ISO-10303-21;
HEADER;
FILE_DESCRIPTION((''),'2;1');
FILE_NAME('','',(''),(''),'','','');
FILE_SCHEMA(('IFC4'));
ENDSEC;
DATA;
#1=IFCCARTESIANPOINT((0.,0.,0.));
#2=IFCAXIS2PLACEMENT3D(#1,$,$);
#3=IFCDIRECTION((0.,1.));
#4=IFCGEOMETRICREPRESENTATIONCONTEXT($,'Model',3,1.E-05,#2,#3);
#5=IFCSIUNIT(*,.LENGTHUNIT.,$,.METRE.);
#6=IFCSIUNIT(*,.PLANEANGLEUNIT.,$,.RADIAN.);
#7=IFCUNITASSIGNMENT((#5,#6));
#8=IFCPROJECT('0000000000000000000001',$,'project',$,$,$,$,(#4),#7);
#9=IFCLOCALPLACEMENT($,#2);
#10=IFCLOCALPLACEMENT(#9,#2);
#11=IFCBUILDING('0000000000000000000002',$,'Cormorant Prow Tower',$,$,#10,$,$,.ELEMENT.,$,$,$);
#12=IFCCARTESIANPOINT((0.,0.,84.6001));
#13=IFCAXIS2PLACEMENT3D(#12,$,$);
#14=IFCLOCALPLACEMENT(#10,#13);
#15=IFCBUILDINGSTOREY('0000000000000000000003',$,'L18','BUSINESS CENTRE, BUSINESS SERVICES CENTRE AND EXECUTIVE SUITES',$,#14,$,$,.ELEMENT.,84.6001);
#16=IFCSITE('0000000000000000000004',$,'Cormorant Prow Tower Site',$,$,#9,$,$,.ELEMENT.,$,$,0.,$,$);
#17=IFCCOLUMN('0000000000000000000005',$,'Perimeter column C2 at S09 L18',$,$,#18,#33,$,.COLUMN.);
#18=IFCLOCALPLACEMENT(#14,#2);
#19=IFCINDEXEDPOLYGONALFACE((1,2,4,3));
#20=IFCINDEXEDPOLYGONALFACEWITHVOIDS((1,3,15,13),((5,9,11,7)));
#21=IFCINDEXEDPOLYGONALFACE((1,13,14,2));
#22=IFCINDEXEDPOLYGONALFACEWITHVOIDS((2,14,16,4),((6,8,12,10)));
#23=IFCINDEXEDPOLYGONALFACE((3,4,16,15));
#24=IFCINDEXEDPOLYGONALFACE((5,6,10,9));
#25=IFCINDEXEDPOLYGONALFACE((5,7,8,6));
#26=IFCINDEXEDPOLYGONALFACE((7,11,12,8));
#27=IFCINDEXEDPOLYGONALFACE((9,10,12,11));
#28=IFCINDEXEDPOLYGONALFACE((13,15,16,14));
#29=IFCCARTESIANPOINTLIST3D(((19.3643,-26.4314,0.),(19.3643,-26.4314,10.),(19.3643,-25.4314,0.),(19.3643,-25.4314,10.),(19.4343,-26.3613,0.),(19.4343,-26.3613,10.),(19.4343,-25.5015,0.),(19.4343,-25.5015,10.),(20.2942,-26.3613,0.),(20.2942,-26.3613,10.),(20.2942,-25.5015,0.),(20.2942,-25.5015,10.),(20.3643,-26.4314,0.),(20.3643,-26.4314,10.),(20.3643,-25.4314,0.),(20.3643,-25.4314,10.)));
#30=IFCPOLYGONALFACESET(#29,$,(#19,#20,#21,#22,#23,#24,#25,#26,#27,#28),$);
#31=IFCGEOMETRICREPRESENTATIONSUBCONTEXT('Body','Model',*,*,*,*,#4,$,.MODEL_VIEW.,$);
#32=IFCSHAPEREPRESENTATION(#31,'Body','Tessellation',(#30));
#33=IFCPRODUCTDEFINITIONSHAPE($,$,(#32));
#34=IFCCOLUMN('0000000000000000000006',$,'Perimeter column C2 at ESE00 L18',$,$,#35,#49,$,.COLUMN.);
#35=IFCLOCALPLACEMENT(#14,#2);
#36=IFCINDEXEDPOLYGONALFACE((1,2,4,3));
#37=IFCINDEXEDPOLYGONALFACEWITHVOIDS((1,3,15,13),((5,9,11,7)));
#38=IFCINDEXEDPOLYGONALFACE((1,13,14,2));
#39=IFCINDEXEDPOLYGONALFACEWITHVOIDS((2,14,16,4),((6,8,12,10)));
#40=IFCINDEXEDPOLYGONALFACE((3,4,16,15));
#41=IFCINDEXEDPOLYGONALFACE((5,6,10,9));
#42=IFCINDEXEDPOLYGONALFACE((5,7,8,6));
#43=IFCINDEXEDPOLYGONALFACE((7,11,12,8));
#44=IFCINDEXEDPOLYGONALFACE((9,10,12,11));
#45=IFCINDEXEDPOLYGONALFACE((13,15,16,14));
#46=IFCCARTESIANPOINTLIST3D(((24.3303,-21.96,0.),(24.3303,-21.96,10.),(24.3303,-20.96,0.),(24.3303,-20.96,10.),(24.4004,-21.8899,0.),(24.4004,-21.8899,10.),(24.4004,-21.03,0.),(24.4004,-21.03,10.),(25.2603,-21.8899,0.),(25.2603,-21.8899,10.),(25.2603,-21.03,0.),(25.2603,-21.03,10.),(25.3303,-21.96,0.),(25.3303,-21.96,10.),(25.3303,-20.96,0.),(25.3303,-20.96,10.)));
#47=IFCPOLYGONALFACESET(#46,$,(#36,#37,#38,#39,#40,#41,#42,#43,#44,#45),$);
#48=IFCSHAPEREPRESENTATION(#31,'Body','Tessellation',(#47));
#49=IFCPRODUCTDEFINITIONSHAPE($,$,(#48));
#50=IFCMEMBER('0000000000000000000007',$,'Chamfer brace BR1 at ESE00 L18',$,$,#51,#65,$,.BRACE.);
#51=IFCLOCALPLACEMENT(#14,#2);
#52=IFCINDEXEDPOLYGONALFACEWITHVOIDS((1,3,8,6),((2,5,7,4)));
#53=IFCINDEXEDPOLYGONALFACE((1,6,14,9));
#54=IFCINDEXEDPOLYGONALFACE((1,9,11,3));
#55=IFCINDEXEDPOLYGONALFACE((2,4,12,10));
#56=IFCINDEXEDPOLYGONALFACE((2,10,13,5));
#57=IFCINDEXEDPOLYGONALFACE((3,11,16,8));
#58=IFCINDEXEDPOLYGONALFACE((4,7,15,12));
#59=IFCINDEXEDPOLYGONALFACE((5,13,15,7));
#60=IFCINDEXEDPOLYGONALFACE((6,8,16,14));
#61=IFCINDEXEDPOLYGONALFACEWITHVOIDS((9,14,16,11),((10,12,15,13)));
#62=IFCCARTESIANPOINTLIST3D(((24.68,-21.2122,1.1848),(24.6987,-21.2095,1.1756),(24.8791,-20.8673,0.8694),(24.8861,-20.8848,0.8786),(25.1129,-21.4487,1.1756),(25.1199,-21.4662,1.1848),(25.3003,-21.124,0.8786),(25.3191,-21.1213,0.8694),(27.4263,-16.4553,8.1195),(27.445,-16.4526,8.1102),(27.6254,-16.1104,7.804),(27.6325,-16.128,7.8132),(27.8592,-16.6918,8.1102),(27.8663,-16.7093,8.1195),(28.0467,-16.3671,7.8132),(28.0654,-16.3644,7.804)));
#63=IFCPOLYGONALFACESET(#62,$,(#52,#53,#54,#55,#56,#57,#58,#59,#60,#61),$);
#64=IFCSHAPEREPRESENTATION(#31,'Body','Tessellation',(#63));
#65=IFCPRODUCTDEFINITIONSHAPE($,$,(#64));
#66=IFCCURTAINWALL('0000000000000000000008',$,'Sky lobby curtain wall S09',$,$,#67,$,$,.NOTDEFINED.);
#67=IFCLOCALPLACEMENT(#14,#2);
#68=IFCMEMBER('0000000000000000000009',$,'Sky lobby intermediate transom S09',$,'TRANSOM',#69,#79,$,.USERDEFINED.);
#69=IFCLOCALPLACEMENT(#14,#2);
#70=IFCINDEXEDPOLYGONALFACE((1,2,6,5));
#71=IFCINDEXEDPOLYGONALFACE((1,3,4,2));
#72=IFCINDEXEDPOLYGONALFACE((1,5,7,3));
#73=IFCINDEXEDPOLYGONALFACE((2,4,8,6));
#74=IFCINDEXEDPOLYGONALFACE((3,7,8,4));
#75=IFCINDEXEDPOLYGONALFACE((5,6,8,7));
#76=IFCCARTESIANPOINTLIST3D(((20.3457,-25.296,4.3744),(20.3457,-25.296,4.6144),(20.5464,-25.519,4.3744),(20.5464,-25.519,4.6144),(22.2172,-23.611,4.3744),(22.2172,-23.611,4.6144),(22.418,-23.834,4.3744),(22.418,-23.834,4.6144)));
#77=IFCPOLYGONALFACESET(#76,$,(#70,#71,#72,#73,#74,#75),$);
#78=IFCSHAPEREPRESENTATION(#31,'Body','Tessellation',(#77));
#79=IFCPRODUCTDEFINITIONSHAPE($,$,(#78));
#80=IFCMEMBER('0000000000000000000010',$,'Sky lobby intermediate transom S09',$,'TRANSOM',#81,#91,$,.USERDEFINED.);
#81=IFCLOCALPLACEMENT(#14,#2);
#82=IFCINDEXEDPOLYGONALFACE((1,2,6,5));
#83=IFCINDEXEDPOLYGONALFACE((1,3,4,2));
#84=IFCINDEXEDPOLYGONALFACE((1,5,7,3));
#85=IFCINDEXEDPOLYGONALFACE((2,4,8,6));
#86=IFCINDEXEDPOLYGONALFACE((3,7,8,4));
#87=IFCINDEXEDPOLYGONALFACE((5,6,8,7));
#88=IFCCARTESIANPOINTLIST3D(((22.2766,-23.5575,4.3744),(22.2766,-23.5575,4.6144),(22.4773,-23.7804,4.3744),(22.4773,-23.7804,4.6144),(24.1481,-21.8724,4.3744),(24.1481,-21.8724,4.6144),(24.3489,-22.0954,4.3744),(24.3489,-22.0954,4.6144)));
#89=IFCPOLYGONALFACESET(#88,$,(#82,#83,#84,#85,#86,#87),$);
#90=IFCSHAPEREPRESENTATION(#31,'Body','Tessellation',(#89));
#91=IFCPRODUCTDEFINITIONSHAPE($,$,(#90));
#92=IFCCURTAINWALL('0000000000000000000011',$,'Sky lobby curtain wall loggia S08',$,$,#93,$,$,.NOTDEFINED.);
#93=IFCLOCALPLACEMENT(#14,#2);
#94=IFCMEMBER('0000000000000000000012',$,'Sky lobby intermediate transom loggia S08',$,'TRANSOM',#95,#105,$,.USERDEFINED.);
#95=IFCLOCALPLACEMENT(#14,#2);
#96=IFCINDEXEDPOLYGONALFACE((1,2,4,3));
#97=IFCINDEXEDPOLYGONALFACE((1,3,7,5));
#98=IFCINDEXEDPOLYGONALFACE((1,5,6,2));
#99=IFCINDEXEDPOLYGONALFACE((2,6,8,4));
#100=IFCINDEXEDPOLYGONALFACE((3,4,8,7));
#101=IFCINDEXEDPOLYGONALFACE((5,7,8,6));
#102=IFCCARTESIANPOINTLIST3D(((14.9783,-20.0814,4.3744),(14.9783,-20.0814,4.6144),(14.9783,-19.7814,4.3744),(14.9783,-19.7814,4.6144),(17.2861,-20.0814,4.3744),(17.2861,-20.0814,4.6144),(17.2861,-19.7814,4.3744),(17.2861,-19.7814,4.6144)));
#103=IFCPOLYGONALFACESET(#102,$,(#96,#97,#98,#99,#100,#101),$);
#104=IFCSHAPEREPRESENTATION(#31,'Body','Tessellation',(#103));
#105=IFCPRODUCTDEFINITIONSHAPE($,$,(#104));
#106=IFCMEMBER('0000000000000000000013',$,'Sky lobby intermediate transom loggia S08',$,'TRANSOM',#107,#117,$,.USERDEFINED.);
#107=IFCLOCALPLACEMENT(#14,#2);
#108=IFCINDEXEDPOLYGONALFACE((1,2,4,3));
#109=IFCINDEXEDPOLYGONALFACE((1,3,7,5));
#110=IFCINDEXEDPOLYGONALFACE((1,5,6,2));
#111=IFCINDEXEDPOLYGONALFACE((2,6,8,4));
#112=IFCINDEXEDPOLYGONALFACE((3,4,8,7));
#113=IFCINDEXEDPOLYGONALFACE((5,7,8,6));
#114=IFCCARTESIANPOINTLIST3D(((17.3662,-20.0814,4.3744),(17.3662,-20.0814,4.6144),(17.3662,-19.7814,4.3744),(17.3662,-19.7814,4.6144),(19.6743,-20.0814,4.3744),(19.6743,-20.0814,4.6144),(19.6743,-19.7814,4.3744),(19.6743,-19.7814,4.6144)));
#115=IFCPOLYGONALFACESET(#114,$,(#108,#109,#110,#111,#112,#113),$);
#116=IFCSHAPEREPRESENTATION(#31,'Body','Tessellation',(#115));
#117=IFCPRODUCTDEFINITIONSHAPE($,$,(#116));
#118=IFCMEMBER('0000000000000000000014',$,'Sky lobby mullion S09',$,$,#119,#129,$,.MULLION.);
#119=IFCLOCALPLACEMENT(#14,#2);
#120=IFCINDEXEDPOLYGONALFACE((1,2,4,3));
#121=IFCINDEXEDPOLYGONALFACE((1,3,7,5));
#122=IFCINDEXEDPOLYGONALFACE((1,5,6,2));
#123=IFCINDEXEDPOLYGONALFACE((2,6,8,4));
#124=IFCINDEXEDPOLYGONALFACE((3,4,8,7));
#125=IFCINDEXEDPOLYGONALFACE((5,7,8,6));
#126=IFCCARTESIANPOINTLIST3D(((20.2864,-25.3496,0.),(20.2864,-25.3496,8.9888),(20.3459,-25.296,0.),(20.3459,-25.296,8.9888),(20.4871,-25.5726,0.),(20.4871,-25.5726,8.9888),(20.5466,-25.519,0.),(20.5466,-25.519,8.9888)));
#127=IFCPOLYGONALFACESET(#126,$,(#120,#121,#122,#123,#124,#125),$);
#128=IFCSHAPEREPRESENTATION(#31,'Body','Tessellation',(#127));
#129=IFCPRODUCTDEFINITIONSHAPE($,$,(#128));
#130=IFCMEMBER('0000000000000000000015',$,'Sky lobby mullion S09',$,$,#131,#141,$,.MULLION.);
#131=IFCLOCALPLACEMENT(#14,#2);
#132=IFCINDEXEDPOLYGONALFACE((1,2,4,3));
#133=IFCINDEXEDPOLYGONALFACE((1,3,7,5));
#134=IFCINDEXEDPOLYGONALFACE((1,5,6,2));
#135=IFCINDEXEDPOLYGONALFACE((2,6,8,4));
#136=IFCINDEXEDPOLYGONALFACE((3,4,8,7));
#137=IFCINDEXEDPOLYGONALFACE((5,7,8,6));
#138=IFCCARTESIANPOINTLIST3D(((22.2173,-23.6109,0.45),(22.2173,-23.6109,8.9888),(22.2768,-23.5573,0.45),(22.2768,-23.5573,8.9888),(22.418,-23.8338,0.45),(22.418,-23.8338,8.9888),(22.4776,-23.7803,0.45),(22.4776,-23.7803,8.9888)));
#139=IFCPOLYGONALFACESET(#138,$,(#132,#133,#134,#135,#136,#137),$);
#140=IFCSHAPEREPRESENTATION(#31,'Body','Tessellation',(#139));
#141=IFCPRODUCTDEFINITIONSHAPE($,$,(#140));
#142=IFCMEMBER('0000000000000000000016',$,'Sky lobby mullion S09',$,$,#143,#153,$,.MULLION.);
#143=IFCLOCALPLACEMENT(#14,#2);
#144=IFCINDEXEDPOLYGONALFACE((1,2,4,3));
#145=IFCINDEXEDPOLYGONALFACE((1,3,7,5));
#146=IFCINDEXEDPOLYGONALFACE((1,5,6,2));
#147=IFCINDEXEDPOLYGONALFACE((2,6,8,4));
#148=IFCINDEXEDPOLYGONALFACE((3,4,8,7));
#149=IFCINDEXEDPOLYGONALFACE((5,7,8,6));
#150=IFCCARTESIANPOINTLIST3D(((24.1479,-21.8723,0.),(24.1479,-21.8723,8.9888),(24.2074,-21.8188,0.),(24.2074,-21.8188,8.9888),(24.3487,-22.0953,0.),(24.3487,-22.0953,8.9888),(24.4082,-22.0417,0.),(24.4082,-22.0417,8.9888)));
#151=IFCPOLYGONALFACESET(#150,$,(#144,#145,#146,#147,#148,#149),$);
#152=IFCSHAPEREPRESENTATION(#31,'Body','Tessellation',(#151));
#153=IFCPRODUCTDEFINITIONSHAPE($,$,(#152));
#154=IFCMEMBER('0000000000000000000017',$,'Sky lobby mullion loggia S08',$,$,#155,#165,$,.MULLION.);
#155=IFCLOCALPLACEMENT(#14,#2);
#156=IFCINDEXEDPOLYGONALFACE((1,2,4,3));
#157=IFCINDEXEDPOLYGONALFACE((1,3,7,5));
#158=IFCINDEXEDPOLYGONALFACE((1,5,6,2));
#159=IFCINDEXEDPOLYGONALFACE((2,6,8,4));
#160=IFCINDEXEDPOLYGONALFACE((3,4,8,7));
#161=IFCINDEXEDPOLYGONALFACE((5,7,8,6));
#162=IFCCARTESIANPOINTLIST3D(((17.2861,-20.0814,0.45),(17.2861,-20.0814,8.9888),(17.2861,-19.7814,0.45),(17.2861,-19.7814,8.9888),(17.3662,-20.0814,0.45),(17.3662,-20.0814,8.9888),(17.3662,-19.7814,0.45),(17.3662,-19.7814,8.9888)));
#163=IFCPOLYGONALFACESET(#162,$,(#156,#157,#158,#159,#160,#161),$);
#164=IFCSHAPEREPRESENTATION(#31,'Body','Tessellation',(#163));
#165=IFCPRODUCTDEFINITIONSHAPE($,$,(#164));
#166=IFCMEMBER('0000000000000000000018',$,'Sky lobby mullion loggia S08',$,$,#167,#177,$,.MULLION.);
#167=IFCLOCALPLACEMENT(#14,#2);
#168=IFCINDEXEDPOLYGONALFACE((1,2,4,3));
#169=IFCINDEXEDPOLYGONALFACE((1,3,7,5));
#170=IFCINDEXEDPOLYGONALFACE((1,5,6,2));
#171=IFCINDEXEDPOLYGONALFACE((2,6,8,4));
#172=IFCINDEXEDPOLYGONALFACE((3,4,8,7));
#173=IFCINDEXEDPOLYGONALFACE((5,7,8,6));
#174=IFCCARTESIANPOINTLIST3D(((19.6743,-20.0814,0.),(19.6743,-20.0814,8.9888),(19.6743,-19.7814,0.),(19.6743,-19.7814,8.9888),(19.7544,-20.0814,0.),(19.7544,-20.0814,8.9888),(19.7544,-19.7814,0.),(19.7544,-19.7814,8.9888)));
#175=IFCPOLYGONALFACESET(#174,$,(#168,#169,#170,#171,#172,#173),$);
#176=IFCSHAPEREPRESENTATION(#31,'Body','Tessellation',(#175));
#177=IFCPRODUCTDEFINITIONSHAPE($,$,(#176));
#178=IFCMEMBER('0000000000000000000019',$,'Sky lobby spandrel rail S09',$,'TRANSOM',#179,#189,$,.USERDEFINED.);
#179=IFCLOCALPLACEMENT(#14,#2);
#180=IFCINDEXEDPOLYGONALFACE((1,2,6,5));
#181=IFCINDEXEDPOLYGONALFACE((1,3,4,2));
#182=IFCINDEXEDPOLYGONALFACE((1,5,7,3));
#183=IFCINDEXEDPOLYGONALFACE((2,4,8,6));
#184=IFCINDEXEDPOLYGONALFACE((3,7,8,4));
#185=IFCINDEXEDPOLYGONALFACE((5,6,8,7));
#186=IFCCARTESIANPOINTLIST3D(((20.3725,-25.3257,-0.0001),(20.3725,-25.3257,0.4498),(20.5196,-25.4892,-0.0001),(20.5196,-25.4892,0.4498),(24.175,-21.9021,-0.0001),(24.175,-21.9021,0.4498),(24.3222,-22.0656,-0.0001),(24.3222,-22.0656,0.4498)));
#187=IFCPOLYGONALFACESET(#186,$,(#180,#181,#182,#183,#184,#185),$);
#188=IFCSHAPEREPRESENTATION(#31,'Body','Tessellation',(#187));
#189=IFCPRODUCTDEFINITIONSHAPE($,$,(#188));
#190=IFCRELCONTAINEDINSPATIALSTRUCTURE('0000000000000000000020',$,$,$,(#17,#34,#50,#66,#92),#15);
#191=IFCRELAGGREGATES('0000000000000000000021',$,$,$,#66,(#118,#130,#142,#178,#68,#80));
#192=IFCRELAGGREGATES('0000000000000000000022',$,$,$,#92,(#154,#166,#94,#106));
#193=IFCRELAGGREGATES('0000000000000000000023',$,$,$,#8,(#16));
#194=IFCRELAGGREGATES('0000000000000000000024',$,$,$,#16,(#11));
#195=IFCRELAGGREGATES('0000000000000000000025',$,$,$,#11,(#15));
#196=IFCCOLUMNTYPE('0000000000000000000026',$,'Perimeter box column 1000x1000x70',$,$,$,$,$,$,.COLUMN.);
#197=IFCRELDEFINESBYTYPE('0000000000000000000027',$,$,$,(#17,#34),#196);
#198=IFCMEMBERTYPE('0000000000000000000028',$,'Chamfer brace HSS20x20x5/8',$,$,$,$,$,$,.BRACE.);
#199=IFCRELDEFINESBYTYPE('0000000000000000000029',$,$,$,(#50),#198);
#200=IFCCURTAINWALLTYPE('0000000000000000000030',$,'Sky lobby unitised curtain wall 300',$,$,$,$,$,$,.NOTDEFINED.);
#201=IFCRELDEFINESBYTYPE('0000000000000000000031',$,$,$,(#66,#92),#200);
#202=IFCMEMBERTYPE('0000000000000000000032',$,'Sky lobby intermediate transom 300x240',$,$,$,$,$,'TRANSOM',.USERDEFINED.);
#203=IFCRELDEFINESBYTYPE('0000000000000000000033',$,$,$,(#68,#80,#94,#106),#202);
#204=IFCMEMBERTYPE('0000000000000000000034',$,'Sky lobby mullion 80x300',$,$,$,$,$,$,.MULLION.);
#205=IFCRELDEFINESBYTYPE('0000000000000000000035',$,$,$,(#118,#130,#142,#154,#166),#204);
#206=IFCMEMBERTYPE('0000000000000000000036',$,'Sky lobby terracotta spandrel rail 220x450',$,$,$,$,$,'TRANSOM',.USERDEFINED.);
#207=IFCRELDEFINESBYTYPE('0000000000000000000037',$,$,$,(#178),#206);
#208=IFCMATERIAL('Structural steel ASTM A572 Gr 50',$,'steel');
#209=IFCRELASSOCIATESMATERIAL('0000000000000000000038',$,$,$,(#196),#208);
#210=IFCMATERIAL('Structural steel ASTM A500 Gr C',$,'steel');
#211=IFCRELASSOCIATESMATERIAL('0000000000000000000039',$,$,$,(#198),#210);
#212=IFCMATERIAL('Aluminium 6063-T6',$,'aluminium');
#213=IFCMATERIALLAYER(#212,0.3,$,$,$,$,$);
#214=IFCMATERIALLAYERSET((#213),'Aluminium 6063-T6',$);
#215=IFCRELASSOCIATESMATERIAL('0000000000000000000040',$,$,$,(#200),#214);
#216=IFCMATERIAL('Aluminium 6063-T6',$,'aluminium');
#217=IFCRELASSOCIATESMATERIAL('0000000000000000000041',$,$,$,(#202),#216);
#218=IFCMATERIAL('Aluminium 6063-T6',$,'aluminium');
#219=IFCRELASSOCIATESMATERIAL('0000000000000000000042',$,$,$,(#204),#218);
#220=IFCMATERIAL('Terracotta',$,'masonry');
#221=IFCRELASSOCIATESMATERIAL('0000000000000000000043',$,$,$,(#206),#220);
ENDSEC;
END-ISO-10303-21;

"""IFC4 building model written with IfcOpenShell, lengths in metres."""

from ifc_helpers import new_model, si_unit, direction, frame, origin, origin_2d, place, context, subcontext, project, spatial, rectangle, hollow_rectangle, extrude, material, layer, layer_set, material_profile, profile_set, type_object, element, aggregate, save


model = new_model("IFC4")

# Units and contexts
model_context = context("Model", 3, precision=1e-05, world=origin(), true_north=direction((0.0, 1.0)))
body_context = subcontext(model_context, "Body", "Model", "MODEL_VIEW")
ifc_project = project(units=[si_unit("LENGTHUNIT", "METRE"), si_unit("PLANEANGLEUNIT", "RADIAN")], contexts=[model_context])

# Site, building, storey
site_placement = place(None, origin())
site = spatial("IfcSite", under=ifc_project, at=site_placement, Name="Cormorant Prow Tower Site", CompositionType="ELEMENT", RefElevation=0.0)
building_placement = place(site_placement, origin())
building = spatial("IfcBuilding", under=site, at=building_placement, Name="Cormorant Prow Tower", CompositionType="ELEMENT")
storey_placement = place(building_placement, frame((0.0, 0.0, 84.6001)))
storey = spatial("IfcBuildingStorey", under=building, at=storey_placement, Name="L18", Description="BUSINESS CENTRE, BUSINESS SERVICES CENTRE AND EXECUTIVE SUITES", CompositionType="ELEMENT", Elevation=84.6001)

# Columns
ifc_material_1 = material(Name="Structural steel ASTM A572 Gr 50", Category="steel")
ifc_material_profile_1 = material_profile(ifc_material_1, hollow_rectangle(XDim=1.0, YDim=1.0, WallThickness=0.0701, at=origin_2d()), Name="Box 1000x1000x70")
ifc_profile_set_1 = profile_set([ifc_material_profile_1], Name="Structural steel ASTM A572 Gr 50")
column_type = type_object("IfcColumnType", Name="Perimeter box column 1000x1000x70", PredefinedType="COLUMN", material=ifc_profile_set_1)
for number, where, z_axis, x_axis, name in (
    (1, (19.8643, -25.9314, 0.0), (0.0, 0.0, 1.0), (1.0, 0.0, 0.0), "Perimeter column C2 at S09 L18"),
    (2, (24.8303, -21.46, 0.0), (0.0, 0.0, 1.0), (1.0, 0.0, 0.0), "Perimeter column C2 at ESE00 L18"),
):
    element("IfcColumn", number, at=place(storey_placement, frame(where, z_axis=z_axis, x_axis=x_axis)), inside=storey, type_object=column_type, Name=name, PredefinedType="COLUMN", context=body_context, shape_type="SweptSolid", body=[
        extrude(hollow_rectangle(XDim=1.0, YDim=1.0, WallThickness=0.0701, at=origin_2d()), origin(), (0.0, 0.0, 1.0), 10.0),
    ])

# Member
ifc_material_2 = material(Name="Structural steel ASTM A500 Gr C", Category="steel")
ifc_material_profile_2 = material_profile(ifc_material_2, hollow_rectangle(XDim=0.5081, YDim=0.5081, WallThickness=0.0149, at=origin_2d()), Name="HSS20x20x5/8")
ifc_profile_set_2 = profile_set([ifc_material_profile_2], Name="Structural steel ASTM A500 Gr C")
member_type_1 = type_object("IfcMemberType", Name="Chamfer brace HSS20x20x5/8", PredefinedType="BRACE", material=ifc_profile_set_2)
member_1_placement = place(storey_placement, frame((24.9995, -21.1667, 1.0271), z_axis=(0.310448, 0.537717, 0.783889), x_axis=(-0.866027, 0.499997, 0.0)))
element("IfcMember", 3, at=member_1_placement, inside=storey, type_object=member_type_1, Name="Chamfer brace BR1 at ESE00 L18", PredefinedType="BRACE", context=body_context, shape_type="SweptSolid", body=[
    extrude(hollow_rectangle(XDim=0.5081, YDim=0.5081, WallThickness=0.0149, at=origin_2d()), origin(), (0.0, 0.0, 1.0), 8.8464),
])

# Curtain walls, members
ifc_material_3 = material(Name="Aluminium 6063-T6", Category="aluminium")
ifc_layer_1 = layer(ifc_material_3, 0.3)
ifc_layer_set_1 = layer_set([ifc_layer_1], Name="Aluminium 6063-T6")
curtain_wall_type = type_object("IfcCurtainWallType", Name="Sky lobby unitised curtain wall 300", PredefinedType="NOTDEFINED", material=ifc_layer_set_1)
curtain_wall_1_placement = place(storey_placement, origin())
curtain_wall_1 = element("IfcCurtainWall", 4, at=curtain_wall_1_placement, inside=storey, type_object=curtain_wall_type, Name="Sky lobby curtain wall S09", PredefinedType="NOTDEFINED")
ifc_material_4 = material(Name="Aluminium 6063-T6", Category="aluminium")
ifc_material_profile_3 = material_profile(ifc_material_4, rectangle(XDim=0.3, YDim=0.24, at=origin_2d()), Name="Sky lobby intermediate transom 300x240")
ifc_profile_set_3 = profile_set([ifc_material_profile_3], Name="Aluminium 6063-T6")
member_type_2 = type_object("IfcMemberType", Name="Sky lobby intermediate transom 300x240", ElementType="TRANSOM", PredefinedType="USERDEFINED", material=ifc_profile_set_3)
member_2_placement = place(storey_placement, frame((20.446, -25.4075, 4.4944), z_axis=(0.743169, 0.669104, 0.0), x_axis=(-0.669104, 0.743169, 0.0)))
member_2 = element("IfcMember", 5, at=member_2_placement, type_object=member_type_2, Name="Sky lobby intermediate transom S09", ObjectType="TRANSOM", PredefinedType="USERDEFINED", context=body_context, shape_type="SweptSolid", body=[
    extrude(rectangle(XDim=0.3, YDim=0.24, at=origin_2d()), origin(), (0.0, 0.0, 1.0), 2.5183),
])
member_3_placement = place(storey_placement, frame((22.377, -23.6689, 4.4944), z_axis=(0.743169, 0.669104, 0.0), x_axis=(-0.669104, 0.743169, 0.0)))
member_3 = element("IfcMember", 6, at=member_3_placement, type_object=member_type_2, Name="Sky lobby intermediate transom S09", ObjectType="TRANSOM", PredefinedType="USERDEFINED", context=body_context, shape_type="SweptSolid", body=[
    extrude(rectangle(XDim=0.3, YDim=0.24, at=origin_2d()), origin(), (0.0, 0.0, 1.0), 2.5183),
])
curtain_wall_2_placement = place(storey_placement, origin())
curtain_wall_2 = element("IfcCurtainWall", 7, at=curtain_wall_2_placement, inside=storey, type_object=curtain_wall_type, Name="Sky lobby curtain wall loggia S08", PredefinedType="NOTDEFINED")
member_4_placement = place(storey_placement, frame((14.9783, -19.9314, 4.4944), z_axis=(1.0, 0.0, 0.0), x_axis=(0.0, 1.0, 0.0)))
member_4 = element("IfcMember", 8, at=member_4_placement, type_object=member_type_2, Name="Sky lobby intermediate transom loggia S08", ObjectType="TRANSOM", PredefinedType="USERDEFINED", context=body_context, shape_type="SweptSolid", body=[
    extrude(rectangle(XDim=0.3, YDim=0.24, at=origin_2d()), origin(), (0.0, 0.0, 1.0), 2.3079),
])
member_5_placement = place(storey_placement, frame((17.3662, -19.9314, 4.4944), z_axis=(1.0, 0.0, 0.0), x_axis=(0.0, 1.0, 0.0)))
member_5 = element("IfcMember", 9, at=member_5_placement, type_object=member_type_2, Name="Sky lobby intermediate transom loggia S08", ObjectType="TRANSOM", PredefinedType="USERDEFINED", context=body_context, shape_type="SweptSolid", body=[
    extrude(rectangle(XDim=0.3, YDim=0.24, at=origin_2d()), origin(), (0.0, 0.0, 1.0), 2.3081),
])

# Members
ifc_material_5 = material(Name="Aluminium 6063-T6", Category="aluminium")
ifc_material_profile_4 = material_profile(ifc_material_5, rectangle(XDim=0.3, YDim=0.0801, at=origin_2d()), Name="Sky lobby mullion 80x300")
ifc_profile_set_4 = profile_set([ifc_material_profile_4], Name="Aluminium 6063-T6")
member_type_3 = type_object("IfcMemberType", Name="Sky lobby mullion 80x300", PredefinedType="MULLION", material=ifc_profile_set_4)
member_6_placement = place(storey_placement, frame((20.4165, -25.4343, 0.0), z_axis=(0.0, 0.0, 1.0), x_axis=(-0.669131, 0.743145, 0.0)))
member_6 = element("IfcMember", 10, at=member_6_placement, type_object=member_type_3, Name="Sky lobby mullion S09", PredefinedType="MULLION", context=body_context, shape_type="SweptSolid", body=[
    extrude(rectangle(XDim=0.3, YDim=0.0801, at=origin_2d()), origin(), (0.0, 0.0, 1.0), 8.9888),
])
member_7_placement = place(storey_placement, frame((22.3474, -23.6956, 0.45), z_axis=(0.0, 0.0, 1.0), x_axis=(-0.669131, 0.743145, 0.0)))
member_7 = element("IfcMember", 11, at=member_7_placement, type_object=member_type_3, Name="Sky lobby mullion S09", PredefinedType="MULLION", context=body_context, shape_type="SweptSolid", body=[
    extrude(rectangle(XDim=0.3, YDim=0.0801, at=origin_2d()), origin(), (0.0, 0.0, 1.0), 8.5388),
])
member_8_placement = place(storey_placement, frame((24.2781, -21.957, 0.0), z_axis=(0.0, 0.0, 1.0), x_axis=(-0.669131, 0.743145, 0.0)))
member_8 = element("IfcMember", 12, at=member_8_placement, type_object=member_type_3, Name="Sky lobby mullion S09", PredefinedType="MULLION", context=body_context, shape_type="SweptSolid", body=[
    extrude(rectangle(XDim=0.3, YDim=0.0801, at=origin_2d()), origin(), (0.0, 0.0, 1.0), 8.9888),
])
member_9_placement = place(storey_placement, frame((17.3262, -19.9314, 0.45), z_axis=(0.0, 0.0, 1.0), x_axis=(0.0, 1.0, 0.0)))
member_9 = element("IfcMember", 13, at=member_9_placement, type_object=member_type_3, Name="Sky lobby mullion loggia S08", PredefinedType="MULLION", context=body_context, shape_type="SweptSolid", body=[
    extrude(rectangle(XDim=0.3, YDim=0.0801, at=origin_2d()), origin(), (0.0, 0.0, 1.0), 8.5388),
])
member_10_placement = place(storey_placement, frame((19.7144, -19.9314, 0.0), z_axis=(0.0, 0.0, 1.0), x_axis=(0.0, 1.0, 0.0)))
member_10 = element("IfcMember", 14, at=member_10_placement, type_object=member_type_3, Name="Sky lobby mullion loggia S08", PredefinedType="MULLION", context=body_context, shape_type="SweptSolid", body=[
    extrude(rectangle(XDim=0.3, YDim=0.0801, at=origin_2d()), origin(), (0.0, 0.0, 1.0), 8.9888),
])
ifc_material_6 = material(Name="Terracotta", Category="masonry")
ifc_material_profile_5 = material_profile(ifc_material_6, rectangle(XDim=0.22, YDim=0.45, at=origin_2d()), Name="Sky lobby terracotta spandrel rail 220x450")
ifc_profile_set_5 = profile_set([ifc_material_profile_5], Name="Terracotta")
member_type_4 = type_object("IfcMemberType", Name="Sky lobby terracotta spandrel rail 220x450", ElementType="TRANSOM", PredefinedType="USERDEFINED", material=ifc_profile_set_5)
member_11_placement = place(storey_placement, frame((20.446, -25.4075, 0.2249), z_axis=(0.743164, 0.66911, 0.0), x_axis=(-0.66911, 0.743164, 0.0)))
member_11 = element("IfcMember", 15, at=member_11_placement, type_object=member_type_4, Name="Sky lobby spandrel rail S09", ObjectType="TRANSOM", PredefinedType="USERDEFINED", context=body_context, shape_type="SweptSolid", body=[
    extrude(rectangle(XDim=0.22, YDim=0.45, at=origin_2d()), origin(), (0.0, 0.0, 1.0), 5.1167),
])

aggregate(curtain_wall_1, [member_6, member_7, member_8, member_11, member_2, member_3])
aggregate(curtain_wall_2, [member_9, member_10, member_4, member_5])

save(model, "model.ifc")
